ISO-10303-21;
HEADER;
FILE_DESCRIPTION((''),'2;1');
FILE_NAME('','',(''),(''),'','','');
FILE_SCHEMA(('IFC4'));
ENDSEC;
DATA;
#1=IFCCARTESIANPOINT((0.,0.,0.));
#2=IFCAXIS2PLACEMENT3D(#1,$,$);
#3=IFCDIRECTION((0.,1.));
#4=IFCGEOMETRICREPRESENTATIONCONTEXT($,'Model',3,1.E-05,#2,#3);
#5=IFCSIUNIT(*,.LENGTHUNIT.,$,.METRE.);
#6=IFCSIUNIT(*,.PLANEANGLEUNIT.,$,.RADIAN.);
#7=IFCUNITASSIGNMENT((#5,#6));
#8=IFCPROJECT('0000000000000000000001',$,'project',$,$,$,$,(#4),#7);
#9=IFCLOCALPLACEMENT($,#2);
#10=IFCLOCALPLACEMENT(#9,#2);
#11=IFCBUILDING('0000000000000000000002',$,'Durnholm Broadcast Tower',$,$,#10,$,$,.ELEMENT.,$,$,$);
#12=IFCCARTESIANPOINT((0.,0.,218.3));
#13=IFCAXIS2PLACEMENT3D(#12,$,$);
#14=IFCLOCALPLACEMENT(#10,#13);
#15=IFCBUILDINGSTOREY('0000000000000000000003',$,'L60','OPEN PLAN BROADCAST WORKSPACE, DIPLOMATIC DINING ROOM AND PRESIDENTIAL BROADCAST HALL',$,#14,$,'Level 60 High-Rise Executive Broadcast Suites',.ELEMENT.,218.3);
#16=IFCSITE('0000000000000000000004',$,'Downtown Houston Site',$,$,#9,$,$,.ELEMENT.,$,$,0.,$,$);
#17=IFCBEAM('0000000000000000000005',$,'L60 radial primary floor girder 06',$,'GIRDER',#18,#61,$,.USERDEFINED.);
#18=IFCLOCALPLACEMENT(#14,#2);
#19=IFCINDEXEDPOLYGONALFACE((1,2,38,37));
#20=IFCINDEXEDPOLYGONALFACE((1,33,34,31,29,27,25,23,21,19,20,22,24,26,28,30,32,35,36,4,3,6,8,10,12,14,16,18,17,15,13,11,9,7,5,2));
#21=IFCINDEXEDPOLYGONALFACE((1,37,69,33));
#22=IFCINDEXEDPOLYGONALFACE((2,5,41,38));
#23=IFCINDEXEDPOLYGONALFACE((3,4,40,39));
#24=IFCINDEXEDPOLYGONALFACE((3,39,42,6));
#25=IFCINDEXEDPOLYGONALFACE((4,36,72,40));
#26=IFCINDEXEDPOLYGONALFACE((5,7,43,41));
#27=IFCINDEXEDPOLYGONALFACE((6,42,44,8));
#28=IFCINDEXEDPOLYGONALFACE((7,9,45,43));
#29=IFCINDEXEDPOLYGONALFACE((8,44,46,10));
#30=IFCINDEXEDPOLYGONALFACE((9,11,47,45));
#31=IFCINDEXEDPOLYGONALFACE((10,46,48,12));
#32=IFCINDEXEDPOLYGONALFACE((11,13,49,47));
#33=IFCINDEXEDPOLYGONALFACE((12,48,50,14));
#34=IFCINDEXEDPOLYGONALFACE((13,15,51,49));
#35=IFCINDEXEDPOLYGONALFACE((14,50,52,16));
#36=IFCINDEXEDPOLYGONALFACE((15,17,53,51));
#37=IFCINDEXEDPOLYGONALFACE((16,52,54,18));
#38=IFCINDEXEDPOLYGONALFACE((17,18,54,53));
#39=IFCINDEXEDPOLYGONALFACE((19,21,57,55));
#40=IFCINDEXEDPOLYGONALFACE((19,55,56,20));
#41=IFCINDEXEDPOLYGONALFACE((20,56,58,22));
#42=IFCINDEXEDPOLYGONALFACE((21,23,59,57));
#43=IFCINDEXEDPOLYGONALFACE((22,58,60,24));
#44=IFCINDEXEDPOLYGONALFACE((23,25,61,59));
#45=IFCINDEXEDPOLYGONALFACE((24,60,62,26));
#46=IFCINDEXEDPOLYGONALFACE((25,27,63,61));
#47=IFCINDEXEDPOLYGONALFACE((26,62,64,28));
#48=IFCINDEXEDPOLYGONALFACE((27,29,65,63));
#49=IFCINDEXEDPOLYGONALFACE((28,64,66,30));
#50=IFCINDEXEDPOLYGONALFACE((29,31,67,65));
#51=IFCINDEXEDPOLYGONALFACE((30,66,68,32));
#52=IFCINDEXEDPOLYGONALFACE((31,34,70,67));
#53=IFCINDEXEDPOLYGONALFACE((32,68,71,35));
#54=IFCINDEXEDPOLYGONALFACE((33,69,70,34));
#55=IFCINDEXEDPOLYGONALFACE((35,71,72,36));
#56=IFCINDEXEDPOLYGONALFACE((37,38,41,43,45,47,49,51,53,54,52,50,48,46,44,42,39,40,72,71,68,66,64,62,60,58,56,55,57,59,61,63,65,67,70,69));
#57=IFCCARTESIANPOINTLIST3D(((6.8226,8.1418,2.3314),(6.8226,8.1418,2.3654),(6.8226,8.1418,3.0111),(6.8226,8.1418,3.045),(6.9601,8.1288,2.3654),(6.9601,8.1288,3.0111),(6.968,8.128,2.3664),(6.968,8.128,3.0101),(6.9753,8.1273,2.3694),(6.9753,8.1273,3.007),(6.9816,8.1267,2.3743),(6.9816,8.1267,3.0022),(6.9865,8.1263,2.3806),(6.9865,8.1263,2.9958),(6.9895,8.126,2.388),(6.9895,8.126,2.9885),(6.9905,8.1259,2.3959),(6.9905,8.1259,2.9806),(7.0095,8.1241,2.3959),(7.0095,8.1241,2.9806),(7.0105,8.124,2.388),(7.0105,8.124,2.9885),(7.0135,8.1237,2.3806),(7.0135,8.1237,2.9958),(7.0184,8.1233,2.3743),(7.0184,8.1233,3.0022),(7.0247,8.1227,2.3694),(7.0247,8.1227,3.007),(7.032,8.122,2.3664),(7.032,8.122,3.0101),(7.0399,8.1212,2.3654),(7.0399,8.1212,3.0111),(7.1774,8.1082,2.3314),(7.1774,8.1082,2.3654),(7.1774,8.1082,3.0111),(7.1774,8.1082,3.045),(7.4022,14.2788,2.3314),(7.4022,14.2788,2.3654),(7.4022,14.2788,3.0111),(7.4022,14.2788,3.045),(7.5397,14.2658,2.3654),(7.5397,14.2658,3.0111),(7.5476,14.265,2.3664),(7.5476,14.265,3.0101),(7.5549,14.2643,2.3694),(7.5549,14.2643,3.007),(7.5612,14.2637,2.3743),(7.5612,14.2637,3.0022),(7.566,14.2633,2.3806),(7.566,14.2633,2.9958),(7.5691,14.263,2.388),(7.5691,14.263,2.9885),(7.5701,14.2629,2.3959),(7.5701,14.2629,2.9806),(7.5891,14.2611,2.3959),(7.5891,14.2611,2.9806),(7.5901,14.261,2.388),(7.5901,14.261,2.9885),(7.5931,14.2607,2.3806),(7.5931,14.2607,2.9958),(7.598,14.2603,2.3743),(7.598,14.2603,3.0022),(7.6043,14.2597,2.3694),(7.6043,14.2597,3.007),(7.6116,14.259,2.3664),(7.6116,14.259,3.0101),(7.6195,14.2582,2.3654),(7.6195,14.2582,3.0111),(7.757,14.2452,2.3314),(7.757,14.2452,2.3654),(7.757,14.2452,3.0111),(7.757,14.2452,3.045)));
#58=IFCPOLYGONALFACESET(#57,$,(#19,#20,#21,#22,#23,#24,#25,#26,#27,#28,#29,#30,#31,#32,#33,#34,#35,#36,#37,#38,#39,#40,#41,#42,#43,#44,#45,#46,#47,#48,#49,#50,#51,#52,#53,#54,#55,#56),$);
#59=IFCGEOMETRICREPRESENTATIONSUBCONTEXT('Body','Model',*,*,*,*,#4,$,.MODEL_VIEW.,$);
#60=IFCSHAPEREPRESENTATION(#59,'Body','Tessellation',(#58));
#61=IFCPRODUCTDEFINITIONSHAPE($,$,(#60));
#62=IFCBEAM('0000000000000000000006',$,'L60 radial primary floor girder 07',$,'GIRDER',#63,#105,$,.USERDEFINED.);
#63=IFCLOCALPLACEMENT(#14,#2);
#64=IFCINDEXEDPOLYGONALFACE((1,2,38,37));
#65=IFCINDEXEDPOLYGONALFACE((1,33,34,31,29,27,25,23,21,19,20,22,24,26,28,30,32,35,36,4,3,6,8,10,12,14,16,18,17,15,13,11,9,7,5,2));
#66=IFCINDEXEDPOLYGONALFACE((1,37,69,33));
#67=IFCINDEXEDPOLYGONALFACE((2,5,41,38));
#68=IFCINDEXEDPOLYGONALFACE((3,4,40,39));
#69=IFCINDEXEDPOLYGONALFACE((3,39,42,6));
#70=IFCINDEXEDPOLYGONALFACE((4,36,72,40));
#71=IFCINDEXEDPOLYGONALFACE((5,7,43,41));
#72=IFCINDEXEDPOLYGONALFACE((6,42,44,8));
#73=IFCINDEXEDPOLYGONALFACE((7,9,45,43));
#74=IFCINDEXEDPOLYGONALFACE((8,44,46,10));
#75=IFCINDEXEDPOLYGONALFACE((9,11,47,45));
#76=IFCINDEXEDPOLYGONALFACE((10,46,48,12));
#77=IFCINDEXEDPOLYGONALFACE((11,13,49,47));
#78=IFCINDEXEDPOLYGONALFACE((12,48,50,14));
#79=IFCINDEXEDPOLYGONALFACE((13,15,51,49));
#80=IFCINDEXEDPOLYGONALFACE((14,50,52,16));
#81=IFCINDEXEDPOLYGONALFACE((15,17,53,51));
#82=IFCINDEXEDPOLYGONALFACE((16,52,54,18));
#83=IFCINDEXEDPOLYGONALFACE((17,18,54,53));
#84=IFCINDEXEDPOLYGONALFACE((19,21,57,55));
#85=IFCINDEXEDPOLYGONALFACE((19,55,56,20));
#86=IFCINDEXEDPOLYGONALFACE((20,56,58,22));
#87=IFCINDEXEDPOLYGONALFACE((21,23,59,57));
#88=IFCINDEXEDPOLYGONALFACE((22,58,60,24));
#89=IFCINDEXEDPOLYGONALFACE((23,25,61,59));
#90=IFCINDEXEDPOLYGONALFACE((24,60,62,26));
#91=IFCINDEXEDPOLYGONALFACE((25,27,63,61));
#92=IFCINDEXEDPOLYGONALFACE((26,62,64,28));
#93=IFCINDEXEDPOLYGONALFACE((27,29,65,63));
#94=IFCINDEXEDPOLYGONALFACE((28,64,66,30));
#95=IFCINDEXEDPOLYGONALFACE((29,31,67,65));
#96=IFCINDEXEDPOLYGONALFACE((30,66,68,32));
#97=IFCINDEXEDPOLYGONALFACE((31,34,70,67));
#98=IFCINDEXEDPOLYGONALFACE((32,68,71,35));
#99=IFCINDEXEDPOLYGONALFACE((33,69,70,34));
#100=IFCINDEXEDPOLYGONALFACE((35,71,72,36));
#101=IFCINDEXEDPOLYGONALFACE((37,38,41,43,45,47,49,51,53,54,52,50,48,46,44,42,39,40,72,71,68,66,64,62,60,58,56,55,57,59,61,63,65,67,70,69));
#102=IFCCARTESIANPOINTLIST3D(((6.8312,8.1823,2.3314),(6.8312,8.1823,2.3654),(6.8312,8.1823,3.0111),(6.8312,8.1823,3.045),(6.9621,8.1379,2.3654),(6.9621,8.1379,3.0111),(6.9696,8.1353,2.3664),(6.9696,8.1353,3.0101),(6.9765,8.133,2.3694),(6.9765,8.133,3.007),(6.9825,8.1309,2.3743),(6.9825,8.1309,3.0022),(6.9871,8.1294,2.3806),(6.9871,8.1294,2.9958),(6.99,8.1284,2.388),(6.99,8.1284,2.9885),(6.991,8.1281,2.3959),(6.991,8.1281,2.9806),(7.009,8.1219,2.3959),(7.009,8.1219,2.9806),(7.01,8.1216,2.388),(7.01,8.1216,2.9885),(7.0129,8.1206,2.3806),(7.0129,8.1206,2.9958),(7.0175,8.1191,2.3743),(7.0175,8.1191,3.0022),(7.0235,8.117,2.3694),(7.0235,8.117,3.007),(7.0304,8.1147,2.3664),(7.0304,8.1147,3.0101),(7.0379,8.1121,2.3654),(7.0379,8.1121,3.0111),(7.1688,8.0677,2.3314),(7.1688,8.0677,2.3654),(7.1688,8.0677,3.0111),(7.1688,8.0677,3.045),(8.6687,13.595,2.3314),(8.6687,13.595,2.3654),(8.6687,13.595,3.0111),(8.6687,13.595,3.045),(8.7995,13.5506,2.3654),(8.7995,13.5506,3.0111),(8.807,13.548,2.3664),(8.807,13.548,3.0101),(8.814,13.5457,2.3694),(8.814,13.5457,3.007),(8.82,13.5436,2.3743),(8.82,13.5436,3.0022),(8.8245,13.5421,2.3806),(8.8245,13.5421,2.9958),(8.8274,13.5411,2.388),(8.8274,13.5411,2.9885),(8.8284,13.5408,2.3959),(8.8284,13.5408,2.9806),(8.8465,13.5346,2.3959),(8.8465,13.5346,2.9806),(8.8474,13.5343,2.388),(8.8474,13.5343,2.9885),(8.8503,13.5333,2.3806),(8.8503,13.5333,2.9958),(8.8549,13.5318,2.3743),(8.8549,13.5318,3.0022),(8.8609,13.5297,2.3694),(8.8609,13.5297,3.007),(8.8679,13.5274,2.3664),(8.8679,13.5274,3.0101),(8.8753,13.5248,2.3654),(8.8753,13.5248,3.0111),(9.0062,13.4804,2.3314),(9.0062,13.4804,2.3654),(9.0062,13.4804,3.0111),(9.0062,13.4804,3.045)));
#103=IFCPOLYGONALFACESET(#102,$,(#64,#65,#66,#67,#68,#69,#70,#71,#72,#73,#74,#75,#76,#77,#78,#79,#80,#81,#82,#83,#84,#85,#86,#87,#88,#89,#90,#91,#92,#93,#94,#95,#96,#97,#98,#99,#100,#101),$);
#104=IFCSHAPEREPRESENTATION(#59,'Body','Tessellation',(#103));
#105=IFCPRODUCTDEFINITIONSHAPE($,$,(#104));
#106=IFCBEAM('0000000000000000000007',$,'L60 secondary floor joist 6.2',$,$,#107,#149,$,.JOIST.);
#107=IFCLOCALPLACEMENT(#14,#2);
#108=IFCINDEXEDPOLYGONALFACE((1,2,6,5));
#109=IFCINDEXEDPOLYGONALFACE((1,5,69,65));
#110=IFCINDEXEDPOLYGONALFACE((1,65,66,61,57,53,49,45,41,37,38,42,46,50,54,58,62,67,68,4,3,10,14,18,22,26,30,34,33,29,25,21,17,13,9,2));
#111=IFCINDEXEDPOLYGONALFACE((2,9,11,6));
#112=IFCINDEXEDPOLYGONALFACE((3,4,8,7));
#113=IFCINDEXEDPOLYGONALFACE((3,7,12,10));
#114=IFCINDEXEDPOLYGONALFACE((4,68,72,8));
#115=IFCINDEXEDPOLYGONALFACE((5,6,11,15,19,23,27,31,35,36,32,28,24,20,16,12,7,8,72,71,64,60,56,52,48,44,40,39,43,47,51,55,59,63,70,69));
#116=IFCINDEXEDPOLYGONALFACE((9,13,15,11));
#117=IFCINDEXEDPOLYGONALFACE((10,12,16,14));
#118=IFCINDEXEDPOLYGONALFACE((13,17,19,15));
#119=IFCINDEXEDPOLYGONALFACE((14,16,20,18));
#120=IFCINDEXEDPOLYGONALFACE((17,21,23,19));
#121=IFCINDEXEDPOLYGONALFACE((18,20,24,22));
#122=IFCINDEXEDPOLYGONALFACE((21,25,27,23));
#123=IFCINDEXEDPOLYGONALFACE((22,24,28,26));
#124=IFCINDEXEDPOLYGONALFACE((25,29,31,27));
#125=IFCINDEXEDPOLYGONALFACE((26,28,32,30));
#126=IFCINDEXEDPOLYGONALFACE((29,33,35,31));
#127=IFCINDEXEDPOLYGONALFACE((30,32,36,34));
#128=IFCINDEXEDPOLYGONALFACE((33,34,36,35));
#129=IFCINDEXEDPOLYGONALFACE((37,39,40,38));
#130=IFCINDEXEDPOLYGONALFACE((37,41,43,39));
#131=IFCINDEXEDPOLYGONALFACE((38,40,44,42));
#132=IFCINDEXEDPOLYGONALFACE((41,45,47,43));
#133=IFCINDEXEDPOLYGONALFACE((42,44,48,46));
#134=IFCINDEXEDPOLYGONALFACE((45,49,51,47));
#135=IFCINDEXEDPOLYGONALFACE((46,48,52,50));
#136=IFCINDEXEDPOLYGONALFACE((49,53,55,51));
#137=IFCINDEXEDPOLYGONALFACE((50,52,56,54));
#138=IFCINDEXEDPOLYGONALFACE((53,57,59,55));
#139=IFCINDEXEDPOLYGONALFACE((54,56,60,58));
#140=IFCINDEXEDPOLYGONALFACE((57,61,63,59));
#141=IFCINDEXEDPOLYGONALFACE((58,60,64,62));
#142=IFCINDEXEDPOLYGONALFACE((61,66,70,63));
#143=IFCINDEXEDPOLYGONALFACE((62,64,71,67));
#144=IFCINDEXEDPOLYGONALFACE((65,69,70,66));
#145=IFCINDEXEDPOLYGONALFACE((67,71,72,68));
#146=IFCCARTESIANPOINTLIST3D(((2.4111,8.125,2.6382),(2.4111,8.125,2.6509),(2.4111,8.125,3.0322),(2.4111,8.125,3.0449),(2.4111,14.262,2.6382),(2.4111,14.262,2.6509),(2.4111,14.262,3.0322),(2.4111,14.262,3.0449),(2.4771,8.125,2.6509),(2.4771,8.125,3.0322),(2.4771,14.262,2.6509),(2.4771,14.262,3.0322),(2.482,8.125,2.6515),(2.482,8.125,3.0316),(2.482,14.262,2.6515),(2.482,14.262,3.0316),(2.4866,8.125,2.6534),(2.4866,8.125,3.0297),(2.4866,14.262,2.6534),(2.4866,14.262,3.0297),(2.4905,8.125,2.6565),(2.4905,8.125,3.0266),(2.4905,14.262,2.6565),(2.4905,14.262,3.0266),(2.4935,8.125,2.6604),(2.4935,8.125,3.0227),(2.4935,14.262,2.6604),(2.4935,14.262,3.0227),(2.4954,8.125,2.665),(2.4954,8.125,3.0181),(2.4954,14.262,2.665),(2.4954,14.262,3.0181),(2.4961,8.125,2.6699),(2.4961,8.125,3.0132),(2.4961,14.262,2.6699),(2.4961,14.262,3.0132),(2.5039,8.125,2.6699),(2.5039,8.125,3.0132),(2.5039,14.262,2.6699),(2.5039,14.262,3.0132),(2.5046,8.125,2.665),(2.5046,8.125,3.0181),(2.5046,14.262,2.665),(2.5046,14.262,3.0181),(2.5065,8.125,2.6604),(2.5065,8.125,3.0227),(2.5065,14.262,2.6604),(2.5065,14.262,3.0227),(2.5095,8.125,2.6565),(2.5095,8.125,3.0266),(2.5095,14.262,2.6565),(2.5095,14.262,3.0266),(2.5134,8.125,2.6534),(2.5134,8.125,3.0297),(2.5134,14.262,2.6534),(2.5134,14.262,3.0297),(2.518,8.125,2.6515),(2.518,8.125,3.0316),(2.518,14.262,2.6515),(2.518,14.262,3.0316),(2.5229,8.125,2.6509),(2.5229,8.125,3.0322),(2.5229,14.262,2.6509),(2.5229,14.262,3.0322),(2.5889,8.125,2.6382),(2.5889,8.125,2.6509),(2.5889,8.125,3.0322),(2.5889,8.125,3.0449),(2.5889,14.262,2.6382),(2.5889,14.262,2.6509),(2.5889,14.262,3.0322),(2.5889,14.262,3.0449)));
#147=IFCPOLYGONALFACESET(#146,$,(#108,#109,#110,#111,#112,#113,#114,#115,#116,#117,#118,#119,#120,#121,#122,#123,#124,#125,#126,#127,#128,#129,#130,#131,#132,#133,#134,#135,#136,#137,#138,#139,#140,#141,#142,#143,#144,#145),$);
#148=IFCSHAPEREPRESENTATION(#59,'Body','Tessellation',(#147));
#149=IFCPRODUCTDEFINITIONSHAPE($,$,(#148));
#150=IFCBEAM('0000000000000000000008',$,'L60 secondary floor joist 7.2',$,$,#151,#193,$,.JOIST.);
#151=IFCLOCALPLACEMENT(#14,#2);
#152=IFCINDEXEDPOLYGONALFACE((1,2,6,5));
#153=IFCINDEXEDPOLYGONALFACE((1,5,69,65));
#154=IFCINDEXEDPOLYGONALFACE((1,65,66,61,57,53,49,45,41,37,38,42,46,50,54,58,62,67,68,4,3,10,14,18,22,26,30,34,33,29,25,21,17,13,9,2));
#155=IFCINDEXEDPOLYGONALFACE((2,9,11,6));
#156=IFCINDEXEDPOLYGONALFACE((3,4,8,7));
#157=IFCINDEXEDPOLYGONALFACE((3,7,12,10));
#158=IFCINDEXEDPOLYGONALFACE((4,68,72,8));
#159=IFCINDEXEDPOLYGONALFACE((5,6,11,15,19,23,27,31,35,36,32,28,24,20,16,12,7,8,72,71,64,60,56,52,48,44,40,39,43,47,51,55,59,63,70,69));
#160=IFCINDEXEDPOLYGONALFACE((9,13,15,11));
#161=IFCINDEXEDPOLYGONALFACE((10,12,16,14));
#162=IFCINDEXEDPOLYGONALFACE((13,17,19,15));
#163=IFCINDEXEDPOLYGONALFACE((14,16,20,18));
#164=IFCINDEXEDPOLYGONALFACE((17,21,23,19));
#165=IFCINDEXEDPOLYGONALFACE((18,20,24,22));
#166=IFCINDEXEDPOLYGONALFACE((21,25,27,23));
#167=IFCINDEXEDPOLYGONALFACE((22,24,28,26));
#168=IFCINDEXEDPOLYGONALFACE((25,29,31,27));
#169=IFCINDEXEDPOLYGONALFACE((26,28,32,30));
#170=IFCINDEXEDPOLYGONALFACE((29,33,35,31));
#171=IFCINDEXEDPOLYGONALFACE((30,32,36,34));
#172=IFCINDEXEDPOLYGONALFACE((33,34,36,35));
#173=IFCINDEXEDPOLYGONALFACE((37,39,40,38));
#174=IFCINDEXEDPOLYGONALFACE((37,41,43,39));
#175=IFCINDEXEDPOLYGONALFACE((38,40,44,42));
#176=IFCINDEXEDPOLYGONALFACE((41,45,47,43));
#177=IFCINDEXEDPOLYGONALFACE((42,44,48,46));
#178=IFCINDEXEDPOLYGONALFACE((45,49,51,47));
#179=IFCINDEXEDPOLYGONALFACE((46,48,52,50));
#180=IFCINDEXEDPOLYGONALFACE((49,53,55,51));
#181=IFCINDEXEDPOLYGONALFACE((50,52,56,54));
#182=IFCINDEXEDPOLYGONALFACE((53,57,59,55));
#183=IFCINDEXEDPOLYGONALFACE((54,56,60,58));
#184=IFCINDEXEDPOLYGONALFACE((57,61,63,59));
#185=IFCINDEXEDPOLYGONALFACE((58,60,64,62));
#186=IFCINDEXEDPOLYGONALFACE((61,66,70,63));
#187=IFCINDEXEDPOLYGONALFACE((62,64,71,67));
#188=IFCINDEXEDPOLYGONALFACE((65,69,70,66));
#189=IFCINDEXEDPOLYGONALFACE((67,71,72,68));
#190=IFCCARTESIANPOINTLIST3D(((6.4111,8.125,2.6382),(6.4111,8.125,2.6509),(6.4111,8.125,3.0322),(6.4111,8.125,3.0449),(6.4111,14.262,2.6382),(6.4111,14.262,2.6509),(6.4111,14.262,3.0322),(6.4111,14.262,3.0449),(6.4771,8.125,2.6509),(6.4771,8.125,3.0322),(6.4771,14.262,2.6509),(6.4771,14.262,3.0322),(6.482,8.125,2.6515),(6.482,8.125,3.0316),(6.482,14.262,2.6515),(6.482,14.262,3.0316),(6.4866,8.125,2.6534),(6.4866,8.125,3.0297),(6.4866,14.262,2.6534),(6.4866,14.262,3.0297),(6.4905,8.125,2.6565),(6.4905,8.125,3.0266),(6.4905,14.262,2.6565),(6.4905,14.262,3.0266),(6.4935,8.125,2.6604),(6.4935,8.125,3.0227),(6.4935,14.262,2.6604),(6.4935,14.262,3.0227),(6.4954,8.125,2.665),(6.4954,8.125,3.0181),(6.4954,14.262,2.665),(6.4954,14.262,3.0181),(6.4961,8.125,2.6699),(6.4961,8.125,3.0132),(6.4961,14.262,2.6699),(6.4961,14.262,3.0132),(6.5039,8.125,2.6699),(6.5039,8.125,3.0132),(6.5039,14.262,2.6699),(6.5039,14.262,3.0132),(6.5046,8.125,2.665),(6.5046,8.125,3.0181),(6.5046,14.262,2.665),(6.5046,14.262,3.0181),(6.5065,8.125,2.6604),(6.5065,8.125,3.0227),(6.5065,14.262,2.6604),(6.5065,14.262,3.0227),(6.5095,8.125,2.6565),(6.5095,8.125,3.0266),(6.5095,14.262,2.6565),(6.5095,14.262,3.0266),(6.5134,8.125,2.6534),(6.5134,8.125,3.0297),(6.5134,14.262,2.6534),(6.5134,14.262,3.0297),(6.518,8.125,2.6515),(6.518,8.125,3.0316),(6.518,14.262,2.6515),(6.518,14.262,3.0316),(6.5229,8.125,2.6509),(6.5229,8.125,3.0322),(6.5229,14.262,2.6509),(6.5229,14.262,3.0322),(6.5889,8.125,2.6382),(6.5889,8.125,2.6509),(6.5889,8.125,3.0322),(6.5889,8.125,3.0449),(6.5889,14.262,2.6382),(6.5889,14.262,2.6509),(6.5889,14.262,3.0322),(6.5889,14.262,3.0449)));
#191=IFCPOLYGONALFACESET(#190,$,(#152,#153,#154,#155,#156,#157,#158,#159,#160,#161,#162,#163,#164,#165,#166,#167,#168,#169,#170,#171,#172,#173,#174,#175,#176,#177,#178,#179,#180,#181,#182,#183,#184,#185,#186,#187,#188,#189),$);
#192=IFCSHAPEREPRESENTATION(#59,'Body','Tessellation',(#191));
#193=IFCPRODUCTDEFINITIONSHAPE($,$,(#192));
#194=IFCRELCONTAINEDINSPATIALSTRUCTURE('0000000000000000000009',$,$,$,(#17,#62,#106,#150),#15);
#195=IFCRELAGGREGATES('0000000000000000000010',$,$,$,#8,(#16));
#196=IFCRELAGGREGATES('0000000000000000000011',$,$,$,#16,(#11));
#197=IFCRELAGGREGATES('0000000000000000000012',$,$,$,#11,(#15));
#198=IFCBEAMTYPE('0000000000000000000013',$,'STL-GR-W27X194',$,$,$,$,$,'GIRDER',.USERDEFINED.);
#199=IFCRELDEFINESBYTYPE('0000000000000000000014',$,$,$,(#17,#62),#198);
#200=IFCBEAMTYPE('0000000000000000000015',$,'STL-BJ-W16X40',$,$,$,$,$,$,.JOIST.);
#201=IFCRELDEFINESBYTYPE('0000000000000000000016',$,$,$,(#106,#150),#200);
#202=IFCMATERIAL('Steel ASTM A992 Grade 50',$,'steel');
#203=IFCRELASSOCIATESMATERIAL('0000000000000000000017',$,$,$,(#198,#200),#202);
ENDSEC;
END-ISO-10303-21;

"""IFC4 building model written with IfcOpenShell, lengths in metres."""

from ifc_helpers import new_model, si_unit, direction, frame, origin, origin_2d, place, context, subcontext, project, spatial, i_section, extrude, source, transform, mapped, material, material_profile, profile_set, type_object, type_shapes, element, save


model = new_model("IFC4")

# Units and contexts
model_context = context("Model", 3, precision=1e-05, world=origin(), true_north=direction((0.0, 1.0)))
body_context = subcontext(model_context, "Body", "Model", "MODEL_VIEW")
ifc_project = project(units=[si_unit("LENGTHUNIT", "METRE"), si_unit("PLANEANGLEUNIT", "RADIAN")], contexts=[model_context])

# Site, building, storey
site_placement = place(None, origin())
site = spatial("IfcSite", under=ifc_project, at=site_placement, Name="Downtown Houston Site", CompositionType="ELEMENT", RefElevation=0.0)
building_placement = place(site_placement, origin())
building = spatial("IfcBuilding", under=site, at=building_placement, Name="Durnholm Broadcast Tower", CompositionType="ELEMENT")
storey_placement = place(building_placement, frame((0.0, 0.0, 218.3)))
storey = spatial("IfcBuildingStorey", under=building, at=storey_placement, Name="L60", Description="OPEN PLAN BROADCAST WORKSPACE, DIPLOMATIC DINING ROOM AND PRESIDENTIAL BROADCAST HALL", LongName="Level 60 High-Rise Executive Broadcast Suites", CompositionType="ELEMENT", Elevation=218.3)

# Beams
ifc_material_1 = material(Name="Steel ASTM A992 Grade 50", Category="steel")
ifc_material_profile_1 = material_profile(ifc_material_1, i_section(OverallWidth=0.3564, OverallDepth=0.7136, WebThickness=0.019, FlangeThickness=0.0339, FilletRadius=0.0305, at=origin_2d()), Name="W27X194")
ifc_profile_set_1 = profile_set([ifc_material_profile_1], Name="Steel ASTM A992 Grade 50")
beam_type_1 = type_object("IfcBeamType", Name="STL-GR-W27X194", ElementType="GIRDER", PredefinedType="USERDEFINED", material=ifc_profile_set_1)
shared_shape_1 = source(origin(), body_context, "Body", "SweptSolid", [
    extrude(i_section(OverallWidth=0.3564, OverallDepth=0.7136, WebThickness=0.019, FlangeThickness=0.0339, FilletRadius=0.0305, at=origin_2d()), origin(), (0.0, 0.0, 1.0), 6.1643),
])
beam_1_placement = place(storey_placement, frame((7.0, 8.125, 2.6882), z_axis=(0.094024, 0.99557, 0.0), x_axis=(-0.99557, 0.094024, 0.0)))
element("IfcBeam", 1, at=beam_1_placement, inside=storey, type_object=beam_type_1, Name="L60 radial primary floor girder 06", ObjectType="GIRDER", PredefinedType="USERDEFINED", context=body_context, shape_type="MappedRepresentation", body=[
    mapped(shared_shape_1, transform((0.0, 0.0, 0.0), x_axis=(1.0, 0.0, 0.0), y_axis=(0.0, 1.0, 0.0), z_axis=(0.0, 0.0, 1.0), scale=1.0)),
])
shared_shape_2 = source(origin(), body_context, "Body", "SweptSolid", [
    extrude(i_section(OverallWidth=0.3564, OverallDepth=0.7136, WebThickness=0.019, FlangeThickness=0.0339, FilletRadius=0.0305, at=origin_2d()), origin(), (0.0, 0.0, 1.0), 5.7161),
])
type_shapes(beam_type_1, [shared_shape_1, shared_shape_2])
beam_2_placement = place(storey_placement, frame((7.0, 8.125, 2.6882), z_axis=(0.321451, 0.946926, 0.0), x_axis=(-0.946926, 0.321451, 0.0)))
element("IfcBeam", 2, at=beam_2_placement, inside=storey, type_object=beam_type_1, Name="L60 radial primary floor girder 07", ObjectType="GIRDER", PredefinedType="USERDEFINED", context=body_context, shape_type="MappedRepresentation", body=[
    mapped(shared_shape_2, transform((0.0, 0.0, 0.0), x_axis=(1.0, 0.0, 0.0), y_axis=(0.0, 1.0, 0.0), z_axis=(0.0, 0.0, 1.0), scale=1.0)),
])
ifc_material_profile_2 = material_profile(ifc_material_1, i_section(OverallWidth=0.1777, OverallDepth=0.4067, WebThickness=0.0078, FlangeThickness=0.0127, FilletRadius=0.019, at=origin_2d()), Name="W16X40")
ifc_profile_set_2 = profile_set([ifc_material_profile_2], Name="Steel ASTM A992 Grade 50")
beam_type_2 = type_object("IfcBeamType", Name="STL-BJ-W16X40", PredefinedType="JOIST", material=ifc_profile_set_2)
shared_shape_3 = source(origin(), body_context, "Body", "SweptSolid", [
    extrude(i_section(OverallWidth=0.1777, OverallDepth=0.4067, WebThickness=0.0078, FlangeThickness=0.0127, FilletRadius=0.019, at=origin_2d()), origin(), (0.0, 0.0, 1.0), 6.137),
])
type_shapes(beam_type_2, [shared_shape_3])
for number, where, z_axis, x_axis, name in (
    (3, (2.5, 8.125, 2.8416), (0.0, 1.0, 0.0), (-1.0, 0.0, 0.0), "L60 secondary floor joist 6.2"),
    (4, (6.5, 8.125, 2.8416), (0.0, 1.0, 0.0), (-1.0, 0.0, 0.0), "L60 secondary floor joist 7.2"),
):
    element("IfcBeam", number, at=place(storey_placement, frame(where, z_axis=z_axis, x_axis=x_axis)), inside=storey, type_object=beam_type_2, Name=name, PredefinedType="JOIST", context=body_context, shape_type="MappedRepresentation", body=[
        mapped(shared_shape_3, transform((0.0, 0.0, 0.0), x_axis=(1.0, 0.0, 0.0), y_axis=(0.0, 1.0, 0.0), z_axis=(0.0, 0.0, 1.0), scale=1.0)),
    ])

save(model, "model.ifc")
